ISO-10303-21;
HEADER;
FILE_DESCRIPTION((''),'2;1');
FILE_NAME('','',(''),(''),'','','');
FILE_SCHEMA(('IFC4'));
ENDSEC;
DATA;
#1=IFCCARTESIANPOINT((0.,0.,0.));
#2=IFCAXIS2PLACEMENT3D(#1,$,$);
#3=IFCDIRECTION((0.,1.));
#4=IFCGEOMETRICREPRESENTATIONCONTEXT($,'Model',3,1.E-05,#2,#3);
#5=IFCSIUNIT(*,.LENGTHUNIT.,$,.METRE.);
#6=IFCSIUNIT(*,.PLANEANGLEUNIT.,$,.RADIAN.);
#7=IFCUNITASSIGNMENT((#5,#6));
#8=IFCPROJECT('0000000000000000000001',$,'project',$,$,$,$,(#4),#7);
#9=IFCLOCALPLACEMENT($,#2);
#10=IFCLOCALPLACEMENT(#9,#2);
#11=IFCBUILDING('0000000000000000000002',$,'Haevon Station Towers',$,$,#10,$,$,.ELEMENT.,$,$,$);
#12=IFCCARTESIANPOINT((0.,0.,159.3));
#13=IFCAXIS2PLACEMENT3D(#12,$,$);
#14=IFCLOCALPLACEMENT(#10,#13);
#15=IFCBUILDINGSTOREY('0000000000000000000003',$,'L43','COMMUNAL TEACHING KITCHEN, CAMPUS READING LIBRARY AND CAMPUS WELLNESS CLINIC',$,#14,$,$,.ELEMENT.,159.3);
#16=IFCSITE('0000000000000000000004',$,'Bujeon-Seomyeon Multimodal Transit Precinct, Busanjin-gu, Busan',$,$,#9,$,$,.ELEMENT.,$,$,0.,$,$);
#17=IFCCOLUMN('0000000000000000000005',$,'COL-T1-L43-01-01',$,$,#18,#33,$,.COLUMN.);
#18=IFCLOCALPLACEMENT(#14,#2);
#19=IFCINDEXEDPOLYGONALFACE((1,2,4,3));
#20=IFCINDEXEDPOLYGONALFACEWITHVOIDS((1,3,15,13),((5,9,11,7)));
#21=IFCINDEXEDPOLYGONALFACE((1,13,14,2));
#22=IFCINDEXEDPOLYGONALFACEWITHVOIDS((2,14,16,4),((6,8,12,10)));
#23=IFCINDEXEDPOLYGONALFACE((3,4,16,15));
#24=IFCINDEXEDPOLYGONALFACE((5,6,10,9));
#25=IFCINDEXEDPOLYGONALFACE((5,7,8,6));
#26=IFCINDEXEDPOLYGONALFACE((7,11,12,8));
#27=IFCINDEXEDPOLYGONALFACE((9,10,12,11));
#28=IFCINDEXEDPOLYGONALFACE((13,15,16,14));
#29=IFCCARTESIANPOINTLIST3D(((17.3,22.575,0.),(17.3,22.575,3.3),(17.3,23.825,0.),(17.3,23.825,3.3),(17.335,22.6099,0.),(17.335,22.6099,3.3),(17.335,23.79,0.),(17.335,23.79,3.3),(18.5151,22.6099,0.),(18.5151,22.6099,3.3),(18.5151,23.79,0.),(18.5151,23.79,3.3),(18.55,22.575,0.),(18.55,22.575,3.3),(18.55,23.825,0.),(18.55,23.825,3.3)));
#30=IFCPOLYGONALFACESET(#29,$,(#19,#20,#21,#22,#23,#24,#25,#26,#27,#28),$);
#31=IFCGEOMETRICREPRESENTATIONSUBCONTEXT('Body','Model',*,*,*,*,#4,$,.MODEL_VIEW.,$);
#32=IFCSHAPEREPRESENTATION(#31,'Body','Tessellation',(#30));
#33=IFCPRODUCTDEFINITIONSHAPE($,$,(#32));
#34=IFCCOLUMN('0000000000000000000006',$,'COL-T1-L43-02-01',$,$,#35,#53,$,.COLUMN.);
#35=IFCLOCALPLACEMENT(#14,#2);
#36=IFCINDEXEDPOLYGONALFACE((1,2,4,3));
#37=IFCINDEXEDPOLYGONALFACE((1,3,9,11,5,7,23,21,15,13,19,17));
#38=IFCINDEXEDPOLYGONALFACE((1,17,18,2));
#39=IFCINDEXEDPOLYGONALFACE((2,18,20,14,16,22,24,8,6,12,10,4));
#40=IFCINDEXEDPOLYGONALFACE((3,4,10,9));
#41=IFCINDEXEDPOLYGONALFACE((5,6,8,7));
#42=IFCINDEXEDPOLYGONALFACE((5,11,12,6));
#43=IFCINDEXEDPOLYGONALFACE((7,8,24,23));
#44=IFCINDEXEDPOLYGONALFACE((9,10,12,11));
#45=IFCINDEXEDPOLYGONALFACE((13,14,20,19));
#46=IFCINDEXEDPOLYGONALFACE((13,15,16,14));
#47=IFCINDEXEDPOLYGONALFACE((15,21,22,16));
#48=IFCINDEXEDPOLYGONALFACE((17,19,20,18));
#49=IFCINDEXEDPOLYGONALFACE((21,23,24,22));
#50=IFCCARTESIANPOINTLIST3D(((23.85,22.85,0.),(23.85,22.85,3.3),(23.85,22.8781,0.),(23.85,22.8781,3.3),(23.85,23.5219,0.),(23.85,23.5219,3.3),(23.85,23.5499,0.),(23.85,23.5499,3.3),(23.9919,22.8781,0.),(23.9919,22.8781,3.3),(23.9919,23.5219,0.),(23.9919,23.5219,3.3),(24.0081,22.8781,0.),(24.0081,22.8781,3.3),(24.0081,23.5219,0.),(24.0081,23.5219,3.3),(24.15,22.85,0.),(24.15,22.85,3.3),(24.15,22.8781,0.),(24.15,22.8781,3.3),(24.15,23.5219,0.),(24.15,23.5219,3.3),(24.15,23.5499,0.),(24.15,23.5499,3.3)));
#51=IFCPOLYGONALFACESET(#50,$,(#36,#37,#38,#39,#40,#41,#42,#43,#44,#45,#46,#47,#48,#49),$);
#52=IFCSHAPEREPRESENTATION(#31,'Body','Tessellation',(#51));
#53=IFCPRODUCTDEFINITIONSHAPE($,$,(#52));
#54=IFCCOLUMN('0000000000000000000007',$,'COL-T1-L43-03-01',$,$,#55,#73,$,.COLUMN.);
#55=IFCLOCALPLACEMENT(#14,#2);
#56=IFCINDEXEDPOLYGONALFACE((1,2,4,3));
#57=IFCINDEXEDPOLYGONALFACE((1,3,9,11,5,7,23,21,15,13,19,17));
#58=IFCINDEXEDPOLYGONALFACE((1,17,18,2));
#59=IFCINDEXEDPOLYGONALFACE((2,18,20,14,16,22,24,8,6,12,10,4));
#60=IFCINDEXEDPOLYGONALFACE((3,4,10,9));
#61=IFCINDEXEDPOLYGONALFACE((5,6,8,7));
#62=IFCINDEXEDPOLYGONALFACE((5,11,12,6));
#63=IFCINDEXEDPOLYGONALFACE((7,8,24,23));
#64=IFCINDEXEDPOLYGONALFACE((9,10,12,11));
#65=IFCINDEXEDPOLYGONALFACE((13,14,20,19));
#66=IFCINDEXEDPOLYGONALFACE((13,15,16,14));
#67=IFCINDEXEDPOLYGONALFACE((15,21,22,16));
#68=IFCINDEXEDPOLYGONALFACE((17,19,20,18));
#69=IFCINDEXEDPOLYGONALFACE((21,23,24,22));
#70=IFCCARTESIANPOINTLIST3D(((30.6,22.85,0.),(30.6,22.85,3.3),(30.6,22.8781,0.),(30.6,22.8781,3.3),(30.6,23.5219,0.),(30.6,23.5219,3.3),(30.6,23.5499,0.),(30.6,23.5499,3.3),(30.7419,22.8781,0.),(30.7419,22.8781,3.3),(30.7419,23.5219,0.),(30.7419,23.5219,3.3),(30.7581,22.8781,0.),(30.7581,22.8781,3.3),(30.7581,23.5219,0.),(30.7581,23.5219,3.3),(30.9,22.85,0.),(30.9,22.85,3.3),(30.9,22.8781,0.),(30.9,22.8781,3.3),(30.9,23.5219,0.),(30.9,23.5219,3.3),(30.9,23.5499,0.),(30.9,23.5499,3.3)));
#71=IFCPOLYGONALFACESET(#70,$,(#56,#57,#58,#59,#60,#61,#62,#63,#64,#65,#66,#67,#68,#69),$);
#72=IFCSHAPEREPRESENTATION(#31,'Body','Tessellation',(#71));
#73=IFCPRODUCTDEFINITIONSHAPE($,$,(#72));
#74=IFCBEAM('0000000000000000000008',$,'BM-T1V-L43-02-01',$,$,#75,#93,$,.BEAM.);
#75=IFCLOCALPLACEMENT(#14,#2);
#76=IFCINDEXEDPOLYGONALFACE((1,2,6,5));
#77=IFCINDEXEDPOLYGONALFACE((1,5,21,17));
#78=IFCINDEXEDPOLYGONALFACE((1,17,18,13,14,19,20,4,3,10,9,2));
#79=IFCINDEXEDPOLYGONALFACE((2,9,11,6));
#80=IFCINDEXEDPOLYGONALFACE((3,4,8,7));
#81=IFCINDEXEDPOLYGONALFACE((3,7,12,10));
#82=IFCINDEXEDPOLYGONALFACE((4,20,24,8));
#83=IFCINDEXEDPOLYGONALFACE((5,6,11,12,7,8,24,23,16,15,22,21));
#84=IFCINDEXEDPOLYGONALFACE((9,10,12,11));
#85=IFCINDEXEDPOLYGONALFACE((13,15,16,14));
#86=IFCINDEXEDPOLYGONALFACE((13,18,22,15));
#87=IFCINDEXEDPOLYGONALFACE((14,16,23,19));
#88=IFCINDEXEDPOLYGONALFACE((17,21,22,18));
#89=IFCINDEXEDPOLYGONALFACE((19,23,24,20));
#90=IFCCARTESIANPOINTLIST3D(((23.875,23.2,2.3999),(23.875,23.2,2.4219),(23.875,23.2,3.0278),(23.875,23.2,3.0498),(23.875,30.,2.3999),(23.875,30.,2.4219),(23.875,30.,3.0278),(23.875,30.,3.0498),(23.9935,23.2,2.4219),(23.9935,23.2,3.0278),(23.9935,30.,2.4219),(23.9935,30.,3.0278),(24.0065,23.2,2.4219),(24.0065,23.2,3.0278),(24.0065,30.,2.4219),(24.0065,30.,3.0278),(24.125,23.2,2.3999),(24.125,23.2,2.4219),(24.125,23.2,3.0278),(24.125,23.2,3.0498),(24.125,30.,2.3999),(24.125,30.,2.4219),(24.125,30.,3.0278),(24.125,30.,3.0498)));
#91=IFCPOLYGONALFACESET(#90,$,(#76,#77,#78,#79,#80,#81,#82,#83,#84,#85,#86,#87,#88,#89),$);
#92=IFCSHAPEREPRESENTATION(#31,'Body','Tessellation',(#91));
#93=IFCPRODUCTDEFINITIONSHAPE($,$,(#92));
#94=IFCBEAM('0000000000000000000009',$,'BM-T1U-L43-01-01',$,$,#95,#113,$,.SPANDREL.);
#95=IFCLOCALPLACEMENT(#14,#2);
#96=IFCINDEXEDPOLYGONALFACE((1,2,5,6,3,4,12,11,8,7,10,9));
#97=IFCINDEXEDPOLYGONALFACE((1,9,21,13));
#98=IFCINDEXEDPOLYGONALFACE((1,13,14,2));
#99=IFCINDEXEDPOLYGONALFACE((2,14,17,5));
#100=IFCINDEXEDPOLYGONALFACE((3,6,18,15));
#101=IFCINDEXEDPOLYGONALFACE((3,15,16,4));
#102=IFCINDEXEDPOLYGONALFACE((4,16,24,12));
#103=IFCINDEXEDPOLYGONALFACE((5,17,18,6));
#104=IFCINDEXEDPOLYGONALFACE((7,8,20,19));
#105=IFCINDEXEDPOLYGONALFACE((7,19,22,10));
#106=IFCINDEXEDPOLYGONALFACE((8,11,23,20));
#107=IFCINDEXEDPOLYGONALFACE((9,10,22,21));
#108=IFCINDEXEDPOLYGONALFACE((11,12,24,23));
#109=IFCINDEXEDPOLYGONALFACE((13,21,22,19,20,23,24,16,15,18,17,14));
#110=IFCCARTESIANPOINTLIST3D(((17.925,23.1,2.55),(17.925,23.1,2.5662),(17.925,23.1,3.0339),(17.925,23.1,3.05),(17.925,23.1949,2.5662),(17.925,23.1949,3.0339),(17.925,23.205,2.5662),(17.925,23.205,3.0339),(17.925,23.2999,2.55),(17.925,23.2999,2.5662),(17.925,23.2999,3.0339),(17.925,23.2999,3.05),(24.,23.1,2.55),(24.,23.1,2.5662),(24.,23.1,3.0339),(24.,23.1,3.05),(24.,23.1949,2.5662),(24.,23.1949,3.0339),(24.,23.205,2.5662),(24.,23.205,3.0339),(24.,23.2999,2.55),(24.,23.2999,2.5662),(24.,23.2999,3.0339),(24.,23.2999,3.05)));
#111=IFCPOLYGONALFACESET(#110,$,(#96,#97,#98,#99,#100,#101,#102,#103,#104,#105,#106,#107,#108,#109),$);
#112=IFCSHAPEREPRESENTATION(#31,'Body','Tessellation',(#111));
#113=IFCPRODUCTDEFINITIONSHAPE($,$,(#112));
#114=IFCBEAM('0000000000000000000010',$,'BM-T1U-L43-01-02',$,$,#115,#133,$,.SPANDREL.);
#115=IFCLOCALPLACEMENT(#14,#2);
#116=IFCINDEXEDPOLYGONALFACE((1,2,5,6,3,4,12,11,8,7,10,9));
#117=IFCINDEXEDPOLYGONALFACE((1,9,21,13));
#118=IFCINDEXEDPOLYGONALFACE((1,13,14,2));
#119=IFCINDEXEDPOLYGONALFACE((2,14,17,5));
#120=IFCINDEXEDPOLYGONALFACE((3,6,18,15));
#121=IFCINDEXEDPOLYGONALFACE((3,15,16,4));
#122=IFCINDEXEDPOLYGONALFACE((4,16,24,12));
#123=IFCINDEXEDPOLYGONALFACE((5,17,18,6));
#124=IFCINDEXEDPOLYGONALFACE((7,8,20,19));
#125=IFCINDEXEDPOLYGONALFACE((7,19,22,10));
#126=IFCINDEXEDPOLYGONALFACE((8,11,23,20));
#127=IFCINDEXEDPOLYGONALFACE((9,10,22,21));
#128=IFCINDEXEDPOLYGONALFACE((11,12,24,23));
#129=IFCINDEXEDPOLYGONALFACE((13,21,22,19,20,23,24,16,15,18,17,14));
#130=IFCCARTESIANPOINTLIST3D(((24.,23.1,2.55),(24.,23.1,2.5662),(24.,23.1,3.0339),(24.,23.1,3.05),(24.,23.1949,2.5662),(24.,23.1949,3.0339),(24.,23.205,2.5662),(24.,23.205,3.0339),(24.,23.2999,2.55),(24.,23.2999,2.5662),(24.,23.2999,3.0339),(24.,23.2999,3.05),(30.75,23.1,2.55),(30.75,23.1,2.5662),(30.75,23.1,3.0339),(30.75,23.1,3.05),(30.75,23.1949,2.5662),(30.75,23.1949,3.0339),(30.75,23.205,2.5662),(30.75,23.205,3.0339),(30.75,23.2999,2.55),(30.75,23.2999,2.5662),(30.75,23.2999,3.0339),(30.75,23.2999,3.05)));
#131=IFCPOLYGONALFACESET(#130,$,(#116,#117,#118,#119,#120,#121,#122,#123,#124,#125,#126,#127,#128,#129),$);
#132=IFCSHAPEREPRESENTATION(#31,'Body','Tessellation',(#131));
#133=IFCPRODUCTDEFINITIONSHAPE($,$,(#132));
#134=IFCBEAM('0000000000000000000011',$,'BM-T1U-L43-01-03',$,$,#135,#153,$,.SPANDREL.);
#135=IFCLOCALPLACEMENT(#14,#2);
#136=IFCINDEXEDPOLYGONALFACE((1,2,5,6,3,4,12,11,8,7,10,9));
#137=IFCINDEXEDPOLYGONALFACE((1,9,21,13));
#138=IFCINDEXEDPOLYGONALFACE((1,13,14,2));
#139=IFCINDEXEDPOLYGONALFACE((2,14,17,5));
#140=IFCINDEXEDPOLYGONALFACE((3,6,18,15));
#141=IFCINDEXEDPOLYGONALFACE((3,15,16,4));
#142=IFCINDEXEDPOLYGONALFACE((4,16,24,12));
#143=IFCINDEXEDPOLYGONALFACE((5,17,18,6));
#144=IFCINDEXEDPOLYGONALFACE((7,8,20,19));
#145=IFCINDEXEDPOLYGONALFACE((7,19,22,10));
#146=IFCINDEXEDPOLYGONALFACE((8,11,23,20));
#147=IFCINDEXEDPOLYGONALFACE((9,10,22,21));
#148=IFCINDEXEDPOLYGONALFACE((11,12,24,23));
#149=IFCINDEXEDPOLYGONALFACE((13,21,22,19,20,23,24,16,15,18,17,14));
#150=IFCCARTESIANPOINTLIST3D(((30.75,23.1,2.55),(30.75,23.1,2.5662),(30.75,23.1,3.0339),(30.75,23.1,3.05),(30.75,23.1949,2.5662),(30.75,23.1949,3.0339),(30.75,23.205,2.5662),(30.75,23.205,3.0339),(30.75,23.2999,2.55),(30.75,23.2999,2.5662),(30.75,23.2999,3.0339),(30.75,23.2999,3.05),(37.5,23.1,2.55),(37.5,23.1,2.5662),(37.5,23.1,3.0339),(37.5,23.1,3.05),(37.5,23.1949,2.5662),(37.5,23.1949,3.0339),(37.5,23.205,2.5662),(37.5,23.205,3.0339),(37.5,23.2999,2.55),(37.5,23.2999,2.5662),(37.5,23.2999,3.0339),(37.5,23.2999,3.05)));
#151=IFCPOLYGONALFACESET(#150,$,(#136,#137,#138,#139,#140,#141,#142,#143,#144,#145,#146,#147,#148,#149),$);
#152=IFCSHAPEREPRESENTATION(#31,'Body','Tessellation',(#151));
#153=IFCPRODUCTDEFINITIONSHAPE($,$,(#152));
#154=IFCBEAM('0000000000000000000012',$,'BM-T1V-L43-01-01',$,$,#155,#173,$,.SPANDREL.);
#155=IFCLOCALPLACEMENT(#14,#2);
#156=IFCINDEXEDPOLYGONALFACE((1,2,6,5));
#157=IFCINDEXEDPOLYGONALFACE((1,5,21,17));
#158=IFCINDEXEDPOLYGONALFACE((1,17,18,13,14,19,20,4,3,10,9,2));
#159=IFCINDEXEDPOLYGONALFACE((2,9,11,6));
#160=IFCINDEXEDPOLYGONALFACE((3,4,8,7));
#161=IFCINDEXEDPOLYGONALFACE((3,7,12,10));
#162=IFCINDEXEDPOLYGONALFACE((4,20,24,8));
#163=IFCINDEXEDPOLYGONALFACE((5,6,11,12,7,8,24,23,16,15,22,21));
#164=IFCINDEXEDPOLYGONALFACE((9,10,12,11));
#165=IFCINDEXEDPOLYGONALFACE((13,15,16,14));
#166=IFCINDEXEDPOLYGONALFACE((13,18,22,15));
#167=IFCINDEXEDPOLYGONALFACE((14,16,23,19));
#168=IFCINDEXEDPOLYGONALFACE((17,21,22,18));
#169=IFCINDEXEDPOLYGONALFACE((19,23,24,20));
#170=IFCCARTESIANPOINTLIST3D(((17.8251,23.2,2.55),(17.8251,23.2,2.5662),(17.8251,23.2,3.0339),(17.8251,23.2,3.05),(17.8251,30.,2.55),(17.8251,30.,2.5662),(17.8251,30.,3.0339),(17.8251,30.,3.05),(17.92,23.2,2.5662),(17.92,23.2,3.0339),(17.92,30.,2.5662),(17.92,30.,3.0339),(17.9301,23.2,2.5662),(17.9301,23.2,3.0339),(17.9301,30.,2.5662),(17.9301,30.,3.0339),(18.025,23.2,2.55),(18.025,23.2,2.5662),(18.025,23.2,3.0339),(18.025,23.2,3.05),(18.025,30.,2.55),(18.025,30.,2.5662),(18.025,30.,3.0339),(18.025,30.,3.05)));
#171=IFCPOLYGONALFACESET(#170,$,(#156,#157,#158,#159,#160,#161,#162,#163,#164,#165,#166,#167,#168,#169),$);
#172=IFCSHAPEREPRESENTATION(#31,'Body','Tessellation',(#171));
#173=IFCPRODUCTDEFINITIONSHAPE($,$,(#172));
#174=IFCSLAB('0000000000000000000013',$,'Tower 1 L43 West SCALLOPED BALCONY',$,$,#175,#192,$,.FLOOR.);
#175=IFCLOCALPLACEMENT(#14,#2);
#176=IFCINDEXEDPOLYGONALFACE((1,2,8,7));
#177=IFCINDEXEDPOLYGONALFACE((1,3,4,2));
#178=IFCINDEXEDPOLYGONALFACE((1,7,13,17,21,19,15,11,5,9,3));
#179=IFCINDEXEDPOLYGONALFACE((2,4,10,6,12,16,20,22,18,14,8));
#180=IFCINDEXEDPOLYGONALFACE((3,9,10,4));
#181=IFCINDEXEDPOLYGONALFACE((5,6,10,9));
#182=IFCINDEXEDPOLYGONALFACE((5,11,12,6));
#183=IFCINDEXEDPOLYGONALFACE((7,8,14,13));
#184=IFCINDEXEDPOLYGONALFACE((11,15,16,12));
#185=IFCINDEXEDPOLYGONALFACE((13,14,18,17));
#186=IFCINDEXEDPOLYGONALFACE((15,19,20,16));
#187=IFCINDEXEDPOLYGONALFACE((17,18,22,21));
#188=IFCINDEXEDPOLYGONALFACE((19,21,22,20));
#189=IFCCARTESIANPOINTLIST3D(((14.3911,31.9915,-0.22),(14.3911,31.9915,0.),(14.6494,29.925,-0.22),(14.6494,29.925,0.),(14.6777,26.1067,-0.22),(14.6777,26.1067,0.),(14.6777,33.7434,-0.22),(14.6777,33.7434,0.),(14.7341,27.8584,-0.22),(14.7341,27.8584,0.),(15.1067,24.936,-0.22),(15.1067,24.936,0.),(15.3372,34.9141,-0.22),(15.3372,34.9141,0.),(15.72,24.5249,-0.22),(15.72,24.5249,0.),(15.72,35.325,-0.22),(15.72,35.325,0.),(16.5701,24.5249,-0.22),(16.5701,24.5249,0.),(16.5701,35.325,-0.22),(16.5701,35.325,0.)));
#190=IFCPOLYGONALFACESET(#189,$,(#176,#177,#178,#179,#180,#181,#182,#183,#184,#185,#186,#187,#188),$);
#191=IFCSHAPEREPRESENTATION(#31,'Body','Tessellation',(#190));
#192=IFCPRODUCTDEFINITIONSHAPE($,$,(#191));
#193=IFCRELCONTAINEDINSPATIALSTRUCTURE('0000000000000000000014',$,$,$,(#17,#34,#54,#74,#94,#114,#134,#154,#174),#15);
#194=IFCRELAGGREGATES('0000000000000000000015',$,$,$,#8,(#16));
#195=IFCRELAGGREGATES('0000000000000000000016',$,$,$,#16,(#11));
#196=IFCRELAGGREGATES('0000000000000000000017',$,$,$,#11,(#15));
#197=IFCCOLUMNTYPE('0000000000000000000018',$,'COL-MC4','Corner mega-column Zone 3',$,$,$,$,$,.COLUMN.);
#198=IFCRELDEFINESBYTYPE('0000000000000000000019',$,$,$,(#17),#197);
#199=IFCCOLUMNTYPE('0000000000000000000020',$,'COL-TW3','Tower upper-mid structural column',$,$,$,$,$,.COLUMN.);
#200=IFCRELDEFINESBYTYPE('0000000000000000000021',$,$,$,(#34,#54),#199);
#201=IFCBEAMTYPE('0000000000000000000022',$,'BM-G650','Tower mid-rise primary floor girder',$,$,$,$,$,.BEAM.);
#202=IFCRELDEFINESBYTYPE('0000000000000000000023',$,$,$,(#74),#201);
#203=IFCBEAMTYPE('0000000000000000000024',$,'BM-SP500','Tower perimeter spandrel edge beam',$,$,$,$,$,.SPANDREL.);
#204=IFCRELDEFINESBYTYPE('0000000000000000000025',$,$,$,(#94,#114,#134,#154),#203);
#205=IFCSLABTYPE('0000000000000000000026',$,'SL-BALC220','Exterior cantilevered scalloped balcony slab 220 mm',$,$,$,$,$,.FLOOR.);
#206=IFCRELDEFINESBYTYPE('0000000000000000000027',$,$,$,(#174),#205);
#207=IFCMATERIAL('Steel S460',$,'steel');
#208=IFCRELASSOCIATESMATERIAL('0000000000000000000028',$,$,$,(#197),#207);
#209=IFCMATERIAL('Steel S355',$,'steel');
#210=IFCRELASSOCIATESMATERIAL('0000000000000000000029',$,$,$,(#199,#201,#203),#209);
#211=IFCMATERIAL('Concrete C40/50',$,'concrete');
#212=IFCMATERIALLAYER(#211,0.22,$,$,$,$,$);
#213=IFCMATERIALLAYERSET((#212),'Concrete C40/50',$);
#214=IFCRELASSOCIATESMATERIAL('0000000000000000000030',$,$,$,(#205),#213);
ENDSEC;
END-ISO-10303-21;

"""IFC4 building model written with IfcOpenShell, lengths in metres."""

from ifc_helpers import new_model, si_unit, direction, frame, origin, origin_2d, place, context, subcontext, project, spatial, polyline, hollow_rectangle, i_section, outline, extrude, material, layer, layer_set, material_profile, profile_set, type_object, element, save


model = new_model("IFC4")

# Units and contexts
model_context = context("Model", 3, precision=1e-05, world=origin(), true_north=direction((0.0, 1.0)))
body_context = subcontext(model_context, "Body", "Model", "MODEL_VIEW")
ifc_project = project(units=[si_unit("LENGTHUNIT", "METRE"), si_unit("PLANEANGLEUNIT", "RADIAN")], contexts=[model_context])

# Site, building, storey
site_placement = place(None, origin())
site = spatial("IfcSite", under=ifc_project, at=site_placement, Name="Bujeon-Seomyeon Multimodal Transit Precinct, Busanjin-gu, Busan", CompositionType="ELEMENT", RefElevation=0.0)
building_placement = place(site_placement, origin())
building = spatial("IfcBuilding", under=site, at=building_placement, Name="Haevon Station Towers", CompositionType="ELEMENT")
storey_placement = place(building_placement, frame((0.0, 0.0, 159.3)))
storey = spatial("IfcBuildingStorey", under=building, at=storey_placement, Name="L43", Description="COMMUNAL TEACHING KITCHEN, CAMPUS READING LIBRARY AND CAMPUS WELLNESS CLINIC", CompositionType="ELEMENT", Elevation=159.3)

# Columns
ifc_material_1 = material(Name="Steel S460", Category="steel")
ifc_material_profile_1 = material_profile(ifc_material_1, hollow_rectangle(XDim=1.25, YDim=1.25, WallThickness=0.0349, at=origin_2d()), Name="BOX-1250x1250x35")
ifc_profile_set_1 = profile_set([ifc_material_profile_1], Name="Steel S460")
column_type_1 = type_object("IfcColumnType", Name="COL-MC4", Description="Corner mega-column Zone 3", PredefinedType="COLUMN", material=ifc_profile_set_1)
column_placement = place(storey_placement, frame((17.925, 23.2, 0.0), z_axis=(0.0, 0.0, 1.0), x_axis=(1.0, 0.0, 0.0)))
element("IfcColumn", 1, at=column_placement, inside=storey, type_object=column_type_1, Name="COL-T1-L43-01-01", PredefinedType="COLUMN", context=body_context, shape_type="SweptSolid", body=[
    extrude(hollow_rectangle(XDim=1.25, YDim=1.25, WallThickness=0.0349, at=origin_2d()), origin(), (0.0, 0.0, 1.0), 3.3),
])
ifc_material_2 = material(Name="Steel S355", Category="steel")
ifc_material_profile_2 = material_profile(ifc_material_2, i_section(OverallWidth=0.3, OverallDepth=0.7, WebThickness=0.0161, FlangeThickness=0.0281, at=origin_2d()), Name="H-700x300x16x28")
ifc_profile_set_2 = profile_set([ifc_material_profile_2], Name="Steel S355")
column_type_2 = type_object("IfcColumnType", Name="COL-TW3", Description="Tower upper-mid structural column", PredefinedType="COLUMN", material=ifc_profile_set_2)
for number, where, z_axis, x_axis, name in (
    (2, (24.0, 23.2, 0.0), (0.0, 0.0, 1.0), (1.0, 0.0, 0.0), "COL-T1-L43-02-01"),
    (3, (30.75, 23.2, 0.0), (0.0, 0.0, 1.0), (1.0, 0.0, 0.0), "COL-T1-L43-03-01"),
):
    element("IfcColumn", number, at=place(storey_placement, frame(where, z_axis=z_axis, x_axis=x_axis)), inside=storey, type_object=column_type_2, Name=name, PredefinedType="COLUMN", context=body_context, shape_type="SweptSolid", body=[
        extrude(i_section(OverallWidth=0.3, OverallDepth=0.7, WebThickness=0.0161, FlangeThickness=0.0281, at=origin_2d()), origin(), (0.0, 0.0, 1.0), 3.3),
    ])

# Beams
ifc_material_profile_3 = material_profile(ifc_material_2, i_section(OverallWidth=0.25, OverallDepth=0.6499, WebThickness=0.0129, FlangeThickness=0.022, at=origin_2d()), Name="H-650x250x13x22")
ifc_profile_set_3 = profile_set([ifc_material_profile_3], Name="Steel S355")
beam_type_1 = type_object("IfcBeamType", Name="BM-G650", Description="Tower mid-rise primary floor girder", PredefinedType="BEAM", material=ifc_profile_set_3)
beam_1_placement = place(storey_placement, frame((24.0, 23.2, 2.7249), z_axis=(0.0, 1.0, 0.0), x_axis=(-1.0, 0.0, 0.0)))
element("IfcBeam", 4, at=beam_1_placement, inside=storey, type_object=beam_type_1, Name="BM-T1V-L43-02-01", PredefinedType="BEAM", context=body_context, shape_type="SweptSolid", body=[
    extrude(i_section(OverallWidth=0.25, OverallDepth=0.6499, WebThickness=0.0129, FlangeThickness=0.022, at=origin_2d()), origin(), (0.0, 0.0, 1.0), 6.8),
])
ifc_material_profile_4 = material_profile(ifc_material_2, i_section(OverallWidth=0.2, OverallDepth=0.5, WebThickness=0.01, FlangeThickness=0.0161, at=origin_2d()), Name="H-500x200x10x16")
ifc_profile_set_4 = profile_set([ifc_material_profile_4], Name="Steel S355")
beam_type_2 = type_object("IfcBeamType", Name="BM-SP500", Description="Tower perimeter spandrel edge beam", PredefinedType="SPANDREL", material=ifc_profile_set_4)
beam_2_placement = place(storey_placement, frame((17.925, 23.2, 2.8), z_axis=(1.0, 0.0, 0.0), x_axis=(0.0, 1.0, 0.0)))
element("IfcBeam", 5, at=beam_2_placement, inside=storey, type_object=beam_type_2, Name="BM-T1U-L43-01-01", PredefinedType="SPANDREL", context=body_context, shape_type="SweptSolid", body=[
    extrude(i_section(OverallWidth=0.2, OverallDepth=0.5, WebThickness=0.01, FlangeThickness=0.0161, at=origin_2d()), origin(), (0.0, 0.0, 1.0), 6.075),
])
for number, where, z_axis, x_axis, name in (
    (6, (24.0, 23.2, 2.8), (1.0, 0.0, 0.0), (0.0, 1.0, 0.0), "BM-T1U-L43-01-02"),
    (7, (30.75, 23.2, 2.8), (1.0, 0.0, 0.0), (0.0, 1.0, 0.0), "BM-T1U-L43-01-03"),
):
    element("IfcBeam", number, at=place(storey_placement, frame(where, z_axis=z_axis, x_axis=x_axis)), inside=storey, type_object=beam_type_2, Name=name, PredefinedType="SPANDREL", context=body_context, shape_type="SweptSolid", body=[
        extrude(i_section(OverallWidth=0.2, OverallDepth=0.5, WebThickness=0.01, FlangeThickness=0.0161, at=origin_2d()), origin(), (0.0, 0.0, 1.0), 6.75),
    ])
beam_3_placement = place(storey_placement, frame((17.925, 23.2, 2.8), z_axis=(0.0, 1.0, 0.0), x_axis=(-1.0, 0.0, 0.0)))
element("IfcBeam", 8, at=beam_3_placement, inside=storey, type_object=beam_type_2, Name="BM-T1V-L43-01-01", PredefinedType="SPANDREL", context=body_context, shape_type="SweptSolid", body=[
    extrude(i_section(OverallWidth=0.2, OverallDepth=0.5, WebThickness=0.01, FlangeThickness=0.0161, at=origin_2d()), origin(), (0.0, 0.0, 1.0), 6.8),
])

# Slab
ifc_material_3 = material(Name="Concrete C40/50", Category="concrete")
ifc_layer_1 = layer(ifc_material_3, 0.22)
ifc_layer_set_1 = layer_set([ifc_layer_1], Name="Concrete C40/50")
slab_type_1 = type_object("IfcSlabType", Name="SL-BALC220", Description="Exterior cantilevered scalloped balcony slab 220 mm", PredefinedType="FLOOR", material=ifc_layer_set_1)
slab_1_placement = place(storey_placement, frame((0.0, 0.0, -0.22)))
element("IfcSlab", 9, at=slab_1_placement, inside=storey, type_object=slab_type_1, Name="Tower 1 L43 West SCALLOPED BALCONY", PredefinedType="FLOOR", context=body_context, shape_type="SweptSolid", body=[
    extrude(outline(polyline([(16.5701, 35.325), (15.72, 35.325), (15.3372, 34.9141), (14.6777, 33.7434), (14.3911, 31.9915), (14.6494, 29.925), (14.7341, 27.8584), (14.6777, 26.1067), (15.1067, 24.936), (15.72, 24.5249), (16.5701, 24.5249), (16.5701, 35.325)])), origin(), (0.0, 0.0, 1.0), 0.22),
])

save(model, "model.ifc")
